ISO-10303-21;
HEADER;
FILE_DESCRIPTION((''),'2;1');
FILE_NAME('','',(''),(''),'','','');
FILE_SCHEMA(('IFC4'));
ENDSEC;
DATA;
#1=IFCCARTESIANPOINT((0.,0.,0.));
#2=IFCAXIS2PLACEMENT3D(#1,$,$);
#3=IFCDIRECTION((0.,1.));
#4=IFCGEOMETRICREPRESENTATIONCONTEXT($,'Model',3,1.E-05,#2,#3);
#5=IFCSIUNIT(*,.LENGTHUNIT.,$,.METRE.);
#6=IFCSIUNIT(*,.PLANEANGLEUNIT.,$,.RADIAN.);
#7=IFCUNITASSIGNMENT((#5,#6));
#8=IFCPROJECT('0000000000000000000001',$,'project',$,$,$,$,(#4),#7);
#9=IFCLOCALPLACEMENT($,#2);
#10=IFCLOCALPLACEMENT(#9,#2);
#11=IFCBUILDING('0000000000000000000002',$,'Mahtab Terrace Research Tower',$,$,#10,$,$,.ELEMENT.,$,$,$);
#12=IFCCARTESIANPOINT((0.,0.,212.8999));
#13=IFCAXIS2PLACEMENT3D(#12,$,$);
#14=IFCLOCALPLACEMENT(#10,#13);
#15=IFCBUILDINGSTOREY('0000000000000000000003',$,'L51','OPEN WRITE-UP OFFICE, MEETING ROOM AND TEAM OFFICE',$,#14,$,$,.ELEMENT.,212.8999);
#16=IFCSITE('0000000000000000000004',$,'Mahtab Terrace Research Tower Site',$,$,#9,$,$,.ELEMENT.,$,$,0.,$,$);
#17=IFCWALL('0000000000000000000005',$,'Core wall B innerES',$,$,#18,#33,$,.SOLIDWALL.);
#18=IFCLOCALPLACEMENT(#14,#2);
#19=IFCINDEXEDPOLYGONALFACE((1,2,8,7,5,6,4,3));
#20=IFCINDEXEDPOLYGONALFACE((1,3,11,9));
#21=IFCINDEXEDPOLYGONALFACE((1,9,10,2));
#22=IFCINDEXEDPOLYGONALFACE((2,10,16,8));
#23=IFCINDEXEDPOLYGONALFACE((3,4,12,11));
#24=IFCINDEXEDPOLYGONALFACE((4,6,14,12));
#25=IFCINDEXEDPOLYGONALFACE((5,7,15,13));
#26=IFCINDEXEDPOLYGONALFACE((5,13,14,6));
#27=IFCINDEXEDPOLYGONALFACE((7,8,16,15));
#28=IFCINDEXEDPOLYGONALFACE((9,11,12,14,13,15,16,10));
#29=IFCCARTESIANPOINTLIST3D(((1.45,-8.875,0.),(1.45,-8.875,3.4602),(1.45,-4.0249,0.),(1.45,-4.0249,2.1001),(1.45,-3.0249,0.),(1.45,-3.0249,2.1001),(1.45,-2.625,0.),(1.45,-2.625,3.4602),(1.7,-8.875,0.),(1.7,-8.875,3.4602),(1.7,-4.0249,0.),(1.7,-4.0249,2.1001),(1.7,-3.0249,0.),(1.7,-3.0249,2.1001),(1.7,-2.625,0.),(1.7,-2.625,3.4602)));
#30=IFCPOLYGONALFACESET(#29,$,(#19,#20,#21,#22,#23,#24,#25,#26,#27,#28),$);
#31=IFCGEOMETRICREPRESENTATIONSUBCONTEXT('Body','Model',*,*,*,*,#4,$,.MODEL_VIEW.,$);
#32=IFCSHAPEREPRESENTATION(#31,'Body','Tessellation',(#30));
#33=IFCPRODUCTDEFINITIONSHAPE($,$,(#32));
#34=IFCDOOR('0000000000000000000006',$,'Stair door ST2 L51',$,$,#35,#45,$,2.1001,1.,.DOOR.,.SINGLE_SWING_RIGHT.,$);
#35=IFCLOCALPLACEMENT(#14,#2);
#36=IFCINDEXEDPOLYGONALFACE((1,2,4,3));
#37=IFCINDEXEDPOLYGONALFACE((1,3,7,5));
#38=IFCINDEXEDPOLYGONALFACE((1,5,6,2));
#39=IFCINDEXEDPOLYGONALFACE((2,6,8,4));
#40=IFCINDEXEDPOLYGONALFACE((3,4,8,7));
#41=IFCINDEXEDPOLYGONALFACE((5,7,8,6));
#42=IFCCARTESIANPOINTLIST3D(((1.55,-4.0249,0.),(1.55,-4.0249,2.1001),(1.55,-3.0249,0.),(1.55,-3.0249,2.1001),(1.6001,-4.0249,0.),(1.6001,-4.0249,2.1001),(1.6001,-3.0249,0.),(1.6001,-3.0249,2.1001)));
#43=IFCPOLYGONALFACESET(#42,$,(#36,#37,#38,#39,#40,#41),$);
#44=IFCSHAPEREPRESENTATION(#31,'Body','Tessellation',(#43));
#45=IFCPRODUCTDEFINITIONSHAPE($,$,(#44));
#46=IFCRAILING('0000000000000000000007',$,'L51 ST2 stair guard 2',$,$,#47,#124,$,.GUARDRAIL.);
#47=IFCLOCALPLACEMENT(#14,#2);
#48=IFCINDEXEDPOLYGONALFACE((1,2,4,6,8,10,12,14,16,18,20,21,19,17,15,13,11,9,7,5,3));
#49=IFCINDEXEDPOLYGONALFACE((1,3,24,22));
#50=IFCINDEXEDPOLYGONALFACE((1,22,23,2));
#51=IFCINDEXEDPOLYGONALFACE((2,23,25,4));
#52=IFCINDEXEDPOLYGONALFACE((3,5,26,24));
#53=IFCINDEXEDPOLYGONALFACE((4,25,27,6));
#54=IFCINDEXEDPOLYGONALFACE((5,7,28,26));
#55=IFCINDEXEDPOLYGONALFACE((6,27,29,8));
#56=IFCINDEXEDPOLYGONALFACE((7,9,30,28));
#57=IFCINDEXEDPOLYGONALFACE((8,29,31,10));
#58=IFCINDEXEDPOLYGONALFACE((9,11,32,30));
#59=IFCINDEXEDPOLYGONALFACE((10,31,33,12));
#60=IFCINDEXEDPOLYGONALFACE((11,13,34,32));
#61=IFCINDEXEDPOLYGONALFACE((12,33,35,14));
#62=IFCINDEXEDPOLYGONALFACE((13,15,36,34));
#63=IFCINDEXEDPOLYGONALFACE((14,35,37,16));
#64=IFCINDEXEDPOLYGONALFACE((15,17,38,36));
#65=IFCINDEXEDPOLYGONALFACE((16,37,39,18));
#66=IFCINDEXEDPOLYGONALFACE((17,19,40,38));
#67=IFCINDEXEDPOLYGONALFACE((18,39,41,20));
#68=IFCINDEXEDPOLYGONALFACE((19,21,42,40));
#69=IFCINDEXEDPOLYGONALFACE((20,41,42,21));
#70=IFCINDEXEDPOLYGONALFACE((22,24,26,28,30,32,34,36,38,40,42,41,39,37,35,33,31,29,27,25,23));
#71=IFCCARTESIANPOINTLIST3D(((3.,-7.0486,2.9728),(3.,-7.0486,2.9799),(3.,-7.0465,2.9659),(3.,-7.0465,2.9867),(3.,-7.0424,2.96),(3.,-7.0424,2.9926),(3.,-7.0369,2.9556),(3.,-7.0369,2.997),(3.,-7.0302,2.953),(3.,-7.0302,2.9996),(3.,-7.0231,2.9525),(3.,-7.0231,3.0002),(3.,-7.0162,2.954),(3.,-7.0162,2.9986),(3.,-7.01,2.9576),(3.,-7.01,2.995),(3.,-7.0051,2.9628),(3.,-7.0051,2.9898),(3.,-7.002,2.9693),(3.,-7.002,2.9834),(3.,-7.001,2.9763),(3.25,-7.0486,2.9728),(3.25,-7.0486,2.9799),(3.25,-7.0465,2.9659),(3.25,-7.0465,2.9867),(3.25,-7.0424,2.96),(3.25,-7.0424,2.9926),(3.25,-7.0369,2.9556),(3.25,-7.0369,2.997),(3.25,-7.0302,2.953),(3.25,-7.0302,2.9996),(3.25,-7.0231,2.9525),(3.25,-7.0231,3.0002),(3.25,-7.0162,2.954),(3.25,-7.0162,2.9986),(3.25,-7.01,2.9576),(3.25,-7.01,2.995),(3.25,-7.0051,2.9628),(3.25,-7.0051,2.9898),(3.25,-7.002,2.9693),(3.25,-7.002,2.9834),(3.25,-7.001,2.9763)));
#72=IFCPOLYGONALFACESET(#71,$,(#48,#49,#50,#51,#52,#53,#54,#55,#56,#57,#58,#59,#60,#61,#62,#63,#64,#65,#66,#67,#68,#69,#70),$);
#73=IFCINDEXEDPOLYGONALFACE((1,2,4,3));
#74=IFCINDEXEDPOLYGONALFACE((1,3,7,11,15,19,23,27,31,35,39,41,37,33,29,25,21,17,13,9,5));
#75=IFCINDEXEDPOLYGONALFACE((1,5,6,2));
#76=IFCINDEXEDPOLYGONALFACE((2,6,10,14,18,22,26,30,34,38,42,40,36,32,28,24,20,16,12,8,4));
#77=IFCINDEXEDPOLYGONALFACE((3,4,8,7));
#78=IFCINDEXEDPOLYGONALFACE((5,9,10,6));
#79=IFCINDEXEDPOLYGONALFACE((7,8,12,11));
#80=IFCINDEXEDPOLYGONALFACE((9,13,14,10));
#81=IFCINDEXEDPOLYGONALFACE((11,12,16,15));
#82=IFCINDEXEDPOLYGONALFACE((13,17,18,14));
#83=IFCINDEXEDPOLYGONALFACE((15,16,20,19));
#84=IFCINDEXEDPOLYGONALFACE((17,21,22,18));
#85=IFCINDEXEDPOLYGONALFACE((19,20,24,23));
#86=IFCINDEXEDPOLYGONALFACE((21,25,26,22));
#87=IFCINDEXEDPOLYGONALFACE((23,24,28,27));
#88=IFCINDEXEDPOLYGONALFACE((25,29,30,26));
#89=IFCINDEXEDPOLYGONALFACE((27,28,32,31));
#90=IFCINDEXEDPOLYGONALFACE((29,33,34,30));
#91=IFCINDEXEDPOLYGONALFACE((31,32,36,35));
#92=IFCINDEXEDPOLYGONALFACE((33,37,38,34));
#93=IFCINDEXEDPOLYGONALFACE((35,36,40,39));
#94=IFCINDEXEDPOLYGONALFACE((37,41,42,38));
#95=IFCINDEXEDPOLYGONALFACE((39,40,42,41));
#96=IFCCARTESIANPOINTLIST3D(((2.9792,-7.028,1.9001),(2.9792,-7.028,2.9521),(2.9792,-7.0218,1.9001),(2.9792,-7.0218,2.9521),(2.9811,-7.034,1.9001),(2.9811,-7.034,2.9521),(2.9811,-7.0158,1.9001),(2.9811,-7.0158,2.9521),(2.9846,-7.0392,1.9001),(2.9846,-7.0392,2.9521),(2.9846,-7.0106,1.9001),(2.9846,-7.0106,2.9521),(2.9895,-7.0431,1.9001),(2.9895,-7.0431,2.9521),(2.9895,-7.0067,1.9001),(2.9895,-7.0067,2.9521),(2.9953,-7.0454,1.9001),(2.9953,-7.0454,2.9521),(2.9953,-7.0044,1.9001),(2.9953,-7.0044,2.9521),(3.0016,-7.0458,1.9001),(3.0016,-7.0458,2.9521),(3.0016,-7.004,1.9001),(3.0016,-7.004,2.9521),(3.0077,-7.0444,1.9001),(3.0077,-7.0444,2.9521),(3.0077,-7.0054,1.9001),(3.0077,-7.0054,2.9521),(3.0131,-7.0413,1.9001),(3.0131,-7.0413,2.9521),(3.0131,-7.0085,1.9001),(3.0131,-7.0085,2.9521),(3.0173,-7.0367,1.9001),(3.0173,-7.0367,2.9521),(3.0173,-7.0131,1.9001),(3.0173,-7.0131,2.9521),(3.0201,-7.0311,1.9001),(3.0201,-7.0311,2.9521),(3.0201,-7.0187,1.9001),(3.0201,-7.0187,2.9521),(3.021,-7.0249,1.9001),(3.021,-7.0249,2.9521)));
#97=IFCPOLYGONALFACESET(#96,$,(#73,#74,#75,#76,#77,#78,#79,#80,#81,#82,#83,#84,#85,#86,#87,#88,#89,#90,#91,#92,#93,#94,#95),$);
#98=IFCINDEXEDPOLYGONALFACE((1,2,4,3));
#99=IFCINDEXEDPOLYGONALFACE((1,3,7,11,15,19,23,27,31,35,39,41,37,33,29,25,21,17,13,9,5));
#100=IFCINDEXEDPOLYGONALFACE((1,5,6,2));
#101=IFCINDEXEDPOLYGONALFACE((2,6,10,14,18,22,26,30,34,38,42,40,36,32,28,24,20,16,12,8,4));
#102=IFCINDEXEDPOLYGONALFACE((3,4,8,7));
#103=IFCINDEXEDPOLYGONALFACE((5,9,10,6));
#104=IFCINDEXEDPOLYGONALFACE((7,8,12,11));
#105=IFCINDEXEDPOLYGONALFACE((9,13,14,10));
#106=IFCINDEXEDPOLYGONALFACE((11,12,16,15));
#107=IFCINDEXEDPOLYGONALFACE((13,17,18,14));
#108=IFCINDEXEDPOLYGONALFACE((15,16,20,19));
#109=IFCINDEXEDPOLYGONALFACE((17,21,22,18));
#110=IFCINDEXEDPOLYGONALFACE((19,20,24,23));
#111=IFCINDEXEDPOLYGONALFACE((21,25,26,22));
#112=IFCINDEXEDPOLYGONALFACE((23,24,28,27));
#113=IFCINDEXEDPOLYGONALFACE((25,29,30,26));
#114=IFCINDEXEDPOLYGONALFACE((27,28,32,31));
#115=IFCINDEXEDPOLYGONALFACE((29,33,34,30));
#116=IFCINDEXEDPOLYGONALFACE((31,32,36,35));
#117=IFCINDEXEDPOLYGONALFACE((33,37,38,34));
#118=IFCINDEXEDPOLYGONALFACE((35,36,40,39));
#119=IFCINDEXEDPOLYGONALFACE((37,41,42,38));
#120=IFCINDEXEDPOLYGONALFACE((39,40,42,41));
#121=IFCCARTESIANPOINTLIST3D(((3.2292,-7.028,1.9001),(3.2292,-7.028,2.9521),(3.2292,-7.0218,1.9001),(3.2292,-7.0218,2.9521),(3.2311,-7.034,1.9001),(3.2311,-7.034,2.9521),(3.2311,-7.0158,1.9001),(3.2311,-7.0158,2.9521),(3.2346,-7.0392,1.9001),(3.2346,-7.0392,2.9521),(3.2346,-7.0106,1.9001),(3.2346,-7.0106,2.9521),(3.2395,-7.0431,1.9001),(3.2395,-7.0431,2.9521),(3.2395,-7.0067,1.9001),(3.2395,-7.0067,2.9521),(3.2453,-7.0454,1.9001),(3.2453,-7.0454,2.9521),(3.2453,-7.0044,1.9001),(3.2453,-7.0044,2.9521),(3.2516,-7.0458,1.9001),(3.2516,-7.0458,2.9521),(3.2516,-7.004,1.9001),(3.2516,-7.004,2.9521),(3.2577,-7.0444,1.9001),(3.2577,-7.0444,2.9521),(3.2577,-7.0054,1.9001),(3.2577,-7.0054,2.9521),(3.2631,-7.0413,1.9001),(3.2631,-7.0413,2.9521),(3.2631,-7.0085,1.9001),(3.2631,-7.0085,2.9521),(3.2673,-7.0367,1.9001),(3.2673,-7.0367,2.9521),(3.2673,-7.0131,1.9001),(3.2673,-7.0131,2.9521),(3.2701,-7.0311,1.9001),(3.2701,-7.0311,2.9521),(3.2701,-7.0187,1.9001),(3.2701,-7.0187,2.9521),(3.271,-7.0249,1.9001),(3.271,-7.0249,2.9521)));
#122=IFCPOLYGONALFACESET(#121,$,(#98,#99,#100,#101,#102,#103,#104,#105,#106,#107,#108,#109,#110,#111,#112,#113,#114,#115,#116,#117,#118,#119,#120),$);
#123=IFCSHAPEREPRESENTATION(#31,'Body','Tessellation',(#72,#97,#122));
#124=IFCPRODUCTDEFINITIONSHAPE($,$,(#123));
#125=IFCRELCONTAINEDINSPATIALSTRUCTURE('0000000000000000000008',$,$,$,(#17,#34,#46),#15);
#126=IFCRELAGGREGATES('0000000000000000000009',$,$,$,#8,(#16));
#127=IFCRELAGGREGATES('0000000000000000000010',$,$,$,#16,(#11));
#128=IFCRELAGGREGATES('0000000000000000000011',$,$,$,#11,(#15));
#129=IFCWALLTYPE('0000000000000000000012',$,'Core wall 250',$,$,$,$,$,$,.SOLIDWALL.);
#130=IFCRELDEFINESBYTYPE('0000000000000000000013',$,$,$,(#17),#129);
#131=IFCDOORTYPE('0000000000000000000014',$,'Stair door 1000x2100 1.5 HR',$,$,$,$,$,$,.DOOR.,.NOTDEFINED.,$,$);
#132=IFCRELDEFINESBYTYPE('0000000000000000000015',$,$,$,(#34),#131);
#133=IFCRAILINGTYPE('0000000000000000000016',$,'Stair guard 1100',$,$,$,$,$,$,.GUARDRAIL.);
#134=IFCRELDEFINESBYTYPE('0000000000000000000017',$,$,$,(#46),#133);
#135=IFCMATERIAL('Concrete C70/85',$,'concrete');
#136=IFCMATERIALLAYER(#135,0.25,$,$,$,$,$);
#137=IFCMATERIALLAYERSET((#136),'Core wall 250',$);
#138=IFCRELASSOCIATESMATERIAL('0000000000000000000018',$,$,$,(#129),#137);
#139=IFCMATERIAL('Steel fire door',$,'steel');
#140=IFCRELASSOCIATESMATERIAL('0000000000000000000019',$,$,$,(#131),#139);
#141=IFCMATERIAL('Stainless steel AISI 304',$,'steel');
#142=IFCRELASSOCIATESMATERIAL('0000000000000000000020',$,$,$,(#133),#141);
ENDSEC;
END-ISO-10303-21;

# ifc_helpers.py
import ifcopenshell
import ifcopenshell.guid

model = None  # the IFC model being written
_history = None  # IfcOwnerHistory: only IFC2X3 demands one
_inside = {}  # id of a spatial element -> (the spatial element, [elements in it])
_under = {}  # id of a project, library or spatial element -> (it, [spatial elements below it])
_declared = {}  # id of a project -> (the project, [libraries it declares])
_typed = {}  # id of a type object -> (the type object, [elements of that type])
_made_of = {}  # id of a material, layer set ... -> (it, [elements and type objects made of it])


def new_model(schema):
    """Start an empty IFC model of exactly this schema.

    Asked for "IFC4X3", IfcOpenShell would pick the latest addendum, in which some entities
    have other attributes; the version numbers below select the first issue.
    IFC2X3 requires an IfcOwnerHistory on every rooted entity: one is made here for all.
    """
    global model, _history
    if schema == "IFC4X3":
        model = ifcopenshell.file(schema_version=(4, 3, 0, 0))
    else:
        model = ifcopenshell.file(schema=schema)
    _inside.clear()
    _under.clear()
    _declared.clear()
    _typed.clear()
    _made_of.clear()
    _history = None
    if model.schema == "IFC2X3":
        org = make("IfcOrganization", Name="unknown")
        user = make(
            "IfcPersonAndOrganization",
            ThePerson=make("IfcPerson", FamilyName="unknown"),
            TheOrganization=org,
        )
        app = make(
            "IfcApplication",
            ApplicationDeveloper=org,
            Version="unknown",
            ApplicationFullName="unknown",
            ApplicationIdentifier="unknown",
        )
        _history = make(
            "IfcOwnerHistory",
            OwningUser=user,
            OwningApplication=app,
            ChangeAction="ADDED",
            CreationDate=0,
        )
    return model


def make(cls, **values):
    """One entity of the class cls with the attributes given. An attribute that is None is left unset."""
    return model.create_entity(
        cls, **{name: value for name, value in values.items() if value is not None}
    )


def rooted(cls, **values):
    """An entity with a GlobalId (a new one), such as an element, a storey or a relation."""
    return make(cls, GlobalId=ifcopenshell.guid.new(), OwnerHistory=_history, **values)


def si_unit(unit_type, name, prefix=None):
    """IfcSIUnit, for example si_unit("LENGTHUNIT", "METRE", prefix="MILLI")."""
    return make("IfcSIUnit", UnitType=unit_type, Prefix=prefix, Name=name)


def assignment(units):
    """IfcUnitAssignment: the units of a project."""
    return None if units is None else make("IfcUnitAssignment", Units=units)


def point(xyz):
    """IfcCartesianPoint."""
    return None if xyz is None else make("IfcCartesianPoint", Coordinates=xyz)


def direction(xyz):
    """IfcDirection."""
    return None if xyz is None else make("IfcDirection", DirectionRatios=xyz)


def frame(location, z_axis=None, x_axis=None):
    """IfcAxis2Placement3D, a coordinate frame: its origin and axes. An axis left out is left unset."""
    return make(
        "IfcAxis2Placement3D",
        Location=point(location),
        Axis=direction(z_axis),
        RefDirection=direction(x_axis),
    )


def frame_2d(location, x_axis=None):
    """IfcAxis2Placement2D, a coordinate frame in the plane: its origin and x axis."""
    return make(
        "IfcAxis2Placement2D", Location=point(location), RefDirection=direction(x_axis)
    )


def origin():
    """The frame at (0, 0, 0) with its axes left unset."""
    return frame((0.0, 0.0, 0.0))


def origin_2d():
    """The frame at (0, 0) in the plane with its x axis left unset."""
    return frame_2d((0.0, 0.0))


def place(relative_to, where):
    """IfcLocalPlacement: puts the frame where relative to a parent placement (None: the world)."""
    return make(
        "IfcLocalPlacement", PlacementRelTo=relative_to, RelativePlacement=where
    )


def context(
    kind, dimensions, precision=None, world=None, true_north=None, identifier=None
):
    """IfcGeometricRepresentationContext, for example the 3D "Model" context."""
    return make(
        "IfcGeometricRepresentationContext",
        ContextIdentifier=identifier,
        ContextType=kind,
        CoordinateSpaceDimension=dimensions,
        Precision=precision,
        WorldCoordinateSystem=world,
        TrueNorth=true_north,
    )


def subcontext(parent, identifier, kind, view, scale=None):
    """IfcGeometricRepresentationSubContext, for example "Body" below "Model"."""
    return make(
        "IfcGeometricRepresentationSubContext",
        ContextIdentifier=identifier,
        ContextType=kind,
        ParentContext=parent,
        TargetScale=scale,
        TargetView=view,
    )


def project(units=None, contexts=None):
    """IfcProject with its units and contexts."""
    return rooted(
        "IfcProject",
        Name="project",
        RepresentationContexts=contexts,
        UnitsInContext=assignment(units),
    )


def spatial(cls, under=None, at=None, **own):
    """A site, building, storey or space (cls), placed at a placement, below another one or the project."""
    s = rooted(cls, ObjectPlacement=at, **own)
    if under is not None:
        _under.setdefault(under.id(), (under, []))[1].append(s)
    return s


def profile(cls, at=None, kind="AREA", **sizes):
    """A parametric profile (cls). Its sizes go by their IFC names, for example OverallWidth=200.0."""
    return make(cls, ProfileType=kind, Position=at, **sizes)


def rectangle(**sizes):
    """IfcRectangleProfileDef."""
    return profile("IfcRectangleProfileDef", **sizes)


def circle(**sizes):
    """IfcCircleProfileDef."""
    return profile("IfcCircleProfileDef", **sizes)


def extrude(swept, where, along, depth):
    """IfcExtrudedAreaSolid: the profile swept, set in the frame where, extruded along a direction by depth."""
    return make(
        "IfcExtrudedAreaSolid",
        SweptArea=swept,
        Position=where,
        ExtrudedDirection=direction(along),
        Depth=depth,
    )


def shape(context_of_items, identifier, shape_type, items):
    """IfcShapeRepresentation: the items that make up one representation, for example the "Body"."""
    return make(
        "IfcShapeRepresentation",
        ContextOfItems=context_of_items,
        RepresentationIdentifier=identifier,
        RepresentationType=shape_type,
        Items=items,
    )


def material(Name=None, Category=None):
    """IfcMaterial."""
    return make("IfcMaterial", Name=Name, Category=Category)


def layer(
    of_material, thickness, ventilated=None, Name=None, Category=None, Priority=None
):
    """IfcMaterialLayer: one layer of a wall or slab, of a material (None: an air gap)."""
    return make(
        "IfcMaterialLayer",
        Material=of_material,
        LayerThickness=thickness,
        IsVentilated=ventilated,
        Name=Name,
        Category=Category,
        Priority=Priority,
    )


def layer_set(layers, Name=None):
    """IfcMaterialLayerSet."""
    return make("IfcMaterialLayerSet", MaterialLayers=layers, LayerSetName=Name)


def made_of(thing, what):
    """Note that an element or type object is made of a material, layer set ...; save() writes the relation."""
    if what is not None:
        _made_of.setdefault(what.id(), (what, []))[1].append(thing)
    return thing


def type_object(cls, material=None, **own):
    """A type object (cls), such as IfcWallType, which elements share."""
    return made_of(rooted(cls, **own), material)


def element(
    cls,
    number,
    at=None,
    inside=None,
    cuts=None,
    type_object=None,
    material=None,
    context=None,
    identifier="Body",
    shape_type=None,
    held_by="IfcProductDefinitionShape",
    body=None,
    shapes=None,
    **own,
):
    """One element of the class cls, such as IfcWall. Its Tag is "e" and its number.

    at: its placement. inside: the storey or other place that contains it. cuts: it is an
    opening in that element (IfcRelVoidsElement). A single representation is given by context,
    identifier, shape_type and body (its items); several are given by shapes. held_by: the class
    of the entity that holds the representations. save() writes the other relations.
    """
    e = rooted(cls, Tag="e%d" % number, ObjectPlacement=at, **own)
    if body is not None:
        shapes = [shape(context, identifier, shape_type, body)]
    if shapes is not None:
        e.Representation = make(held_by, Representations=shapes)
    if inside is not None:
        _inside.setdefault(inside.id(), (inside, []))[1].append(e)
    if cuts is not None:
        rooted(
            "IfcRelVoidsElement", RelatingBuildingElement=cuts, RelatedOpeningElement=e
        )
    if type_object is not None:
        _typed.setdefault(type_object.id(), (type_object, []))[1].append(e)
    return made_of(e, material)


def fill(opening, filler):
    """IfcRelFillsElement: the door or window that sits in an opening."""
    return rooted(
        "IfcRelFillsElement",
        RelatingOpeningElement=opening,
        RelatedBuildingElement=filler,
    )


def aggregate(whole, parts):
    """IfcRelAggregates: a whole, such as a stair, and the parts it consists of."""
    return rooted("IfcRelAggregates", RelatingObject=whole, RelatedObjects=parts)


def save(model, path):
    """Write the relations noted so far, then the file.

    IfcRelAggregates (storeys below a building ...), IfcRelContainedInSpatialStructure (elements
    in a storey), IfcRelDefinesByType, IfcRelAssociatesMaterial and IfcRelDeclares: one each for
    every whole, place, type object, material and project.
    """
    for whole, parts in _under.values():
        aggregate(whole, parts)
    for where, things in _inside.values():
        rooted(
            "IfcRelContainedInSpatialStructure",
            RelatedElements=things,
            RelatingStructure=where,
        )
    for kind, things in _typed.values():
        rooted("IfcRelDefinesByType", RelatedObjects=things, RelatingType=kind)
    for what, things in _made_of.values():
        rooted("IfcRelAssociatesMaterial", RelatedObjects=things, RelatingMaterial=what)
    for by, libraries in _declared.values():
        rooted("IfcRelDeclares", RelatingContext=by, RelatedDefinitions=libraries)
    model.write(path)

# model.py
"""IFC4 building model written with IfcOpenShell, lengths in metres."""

from ifc_helpers import new_model, si_unit, direction, frame, frame_2d, origin, origin_2d, place, context, subcontext, project, spatial, rectangle, circle, extrude, material, layer, layer_set, type_object, element, fill, save


model = new_model("IFC4")

# Units and contexts
model_context = context("Model", 3, precision=1e-05, world=origin(), true_north=direction((0.0, 1.0)))
body_context = subcontext(model_context, "Body", "Model", "MODEL_VIEW")
ifc_project = project(units=[si_unit("LENGTHUNIT", "METRE"), si_unit("PLANEANGLEUNIT", "RADIAN")], contexts=[model_context])

# Site, building, storey
site_placement = place(None, origin())
site = spatial("IfcSite", under=ifc_project, at=site_placement, Name="Mahtab Terrace Research Tower Site", CompositionType="ELEMENT", RefElevation=0.0)
building_placement = place(site_placement, origin())
building = spatial("IfcBuilding", under=site, at=building_placement, Name="Mahtab Terrace Research Tower", CompositionType="ELEMENT")
storey_placement = place(building_placement, frame((0.0, 0.0, 212.8999)))
storey = spatial("IfcBuildingStorey", under=building, at=storey_placement, Name="L51", Description="OPEN WRITE-UP OFFICE, MEETING ROOM AND TEAM OFFICE", CompositionType="ELEMENT", Elevation=212.8999)

# Shared definitions
ifc_material_1 = material(Name="Concrete C70/85", Category="concrete")

# Shared definitions
ifc_layer_1 = layer(ifc_material_1, 0.25)
ifc_layer_set_1 = layer_set([ifc_layer_1], Name="Core wall 250")
wall_type = type_object("IfcWallType", Name="Core wall 250", PredefinedType="SOLIDWALL", material=ifc_layer_set_1)

# Shared definitions
ifc_material_2 = material(Name="Steel fire door", Category="steel")

# Shared definitions
ifc_material_3 = material(Name="Stainless steel AISI 304", Category="steel")

# Wall, opening, door
wall_1_placement = place(storey_placement, frame((1.575, -8.875, 0.0), z_axis=(0.0, 0.0, 1.0), x_axis=(0.0, 1.0, 0.0)))
wall_1 = element("IfcWall", 1, at=wall_1_placement, inside=storey, type_object=wall_type, Name="Core wall B innerES", PredefinedType="SOLIDWALL", context=body_context, shape_type="SweptSolid", body=[
    extrude(rectangle(XDim=6.25, YDim=0.25, at=frame_2d((3.125, 0.0))), origin(), (0.0, 0.0, 1.0), 3.4602),
])
opening_1_placement = place(wall_1_placement, frame((4.8501, 0.0, 0.0)))
opening_1 = element("IfcOpeningElement", 2, at=opening_1_placement, cuts=wall_1, PredefinedType="OPENING", context=body_context, shape_type="SweptSolid", body=[
    extrude(rectangle(XDim=1.0, YDim=2.1001, at=frame_2d((0.5, 1.05))), frame((0.0, 0.135, 0.0), z_axis=(0.0, -1.0, 0.0), x_axis=(1.0, 0.0, 0.0)), (0.0, 0.0, 1.0), 0.27),
])
door_type_1 = type_object("IfcDoorType", Name="Stair door 1000x2100 1.5 HR", OperationType="NOTDEFINED", PredefinedType="DOOR", material=ifc_material_2)
door_1_placement = place(opening_1_placement, origin())
door_1 = element("IfcDoor", 3, at=door_1_placement, inside=storey, type_object=door_type_1, Name="Stair door ST2 L51", OperationType="SINGLE_SWING_RIGHT", OverallHeight=2.1001, OverallWidth=1.0, PredefinedType="DOOR", context=body_context, shape_type="SweptSolid", body=[
    extrude(rectangle(XDim=1.0, YDim=2.1001, at=frame_2d((0.5, 1.05))), frame((0.0, 0.0249, 0.0), z_axis=(0.0, -1.0, 0.0), x_axis=(1.0, 0.0, 0.0)), (0.0, 0.0, 1.0), 0.05),
])
fill(opening_1, door_1)

# Railing
railing_type = type_object("IfcRailingType", Name="Stair guard 1100", PredefinedType="GUARDRAIL", material=ifc_material_3)
railing_1_placement = place(storey_placement, frame((3.0, -7.0249, 1.9001)))
element("IfcRailing", 4, at=railing_1_placement, inside=storey, type_object=railing_type, Name="L51 ST2 stair guard 2", PredefinedType="GUARDRAIL", context=body_context, shape_type="SweptSolid", body=[
    extrude(circle(Radius=0.0239, at=origin_2d()), frame((0.0, 0.0, 1.0762), z_axis=(1.0, 0.0, 0.0), x_axis=(0.0, 1.0, 0.0)), (0.0, 0.0, 1.0), 0.25),
    extrude(circle(Radius=0.021, at=origin_2d()), origin(), (0.0, 0.0, 1.0), 1.052),
    extrude(circle(Radius=0.021, at=origin_2d()), frame((0.25, 0.0, 0.0)), (0.0, 0.0, 1.0), 1.052),
])

save(model, "model.ifc")
